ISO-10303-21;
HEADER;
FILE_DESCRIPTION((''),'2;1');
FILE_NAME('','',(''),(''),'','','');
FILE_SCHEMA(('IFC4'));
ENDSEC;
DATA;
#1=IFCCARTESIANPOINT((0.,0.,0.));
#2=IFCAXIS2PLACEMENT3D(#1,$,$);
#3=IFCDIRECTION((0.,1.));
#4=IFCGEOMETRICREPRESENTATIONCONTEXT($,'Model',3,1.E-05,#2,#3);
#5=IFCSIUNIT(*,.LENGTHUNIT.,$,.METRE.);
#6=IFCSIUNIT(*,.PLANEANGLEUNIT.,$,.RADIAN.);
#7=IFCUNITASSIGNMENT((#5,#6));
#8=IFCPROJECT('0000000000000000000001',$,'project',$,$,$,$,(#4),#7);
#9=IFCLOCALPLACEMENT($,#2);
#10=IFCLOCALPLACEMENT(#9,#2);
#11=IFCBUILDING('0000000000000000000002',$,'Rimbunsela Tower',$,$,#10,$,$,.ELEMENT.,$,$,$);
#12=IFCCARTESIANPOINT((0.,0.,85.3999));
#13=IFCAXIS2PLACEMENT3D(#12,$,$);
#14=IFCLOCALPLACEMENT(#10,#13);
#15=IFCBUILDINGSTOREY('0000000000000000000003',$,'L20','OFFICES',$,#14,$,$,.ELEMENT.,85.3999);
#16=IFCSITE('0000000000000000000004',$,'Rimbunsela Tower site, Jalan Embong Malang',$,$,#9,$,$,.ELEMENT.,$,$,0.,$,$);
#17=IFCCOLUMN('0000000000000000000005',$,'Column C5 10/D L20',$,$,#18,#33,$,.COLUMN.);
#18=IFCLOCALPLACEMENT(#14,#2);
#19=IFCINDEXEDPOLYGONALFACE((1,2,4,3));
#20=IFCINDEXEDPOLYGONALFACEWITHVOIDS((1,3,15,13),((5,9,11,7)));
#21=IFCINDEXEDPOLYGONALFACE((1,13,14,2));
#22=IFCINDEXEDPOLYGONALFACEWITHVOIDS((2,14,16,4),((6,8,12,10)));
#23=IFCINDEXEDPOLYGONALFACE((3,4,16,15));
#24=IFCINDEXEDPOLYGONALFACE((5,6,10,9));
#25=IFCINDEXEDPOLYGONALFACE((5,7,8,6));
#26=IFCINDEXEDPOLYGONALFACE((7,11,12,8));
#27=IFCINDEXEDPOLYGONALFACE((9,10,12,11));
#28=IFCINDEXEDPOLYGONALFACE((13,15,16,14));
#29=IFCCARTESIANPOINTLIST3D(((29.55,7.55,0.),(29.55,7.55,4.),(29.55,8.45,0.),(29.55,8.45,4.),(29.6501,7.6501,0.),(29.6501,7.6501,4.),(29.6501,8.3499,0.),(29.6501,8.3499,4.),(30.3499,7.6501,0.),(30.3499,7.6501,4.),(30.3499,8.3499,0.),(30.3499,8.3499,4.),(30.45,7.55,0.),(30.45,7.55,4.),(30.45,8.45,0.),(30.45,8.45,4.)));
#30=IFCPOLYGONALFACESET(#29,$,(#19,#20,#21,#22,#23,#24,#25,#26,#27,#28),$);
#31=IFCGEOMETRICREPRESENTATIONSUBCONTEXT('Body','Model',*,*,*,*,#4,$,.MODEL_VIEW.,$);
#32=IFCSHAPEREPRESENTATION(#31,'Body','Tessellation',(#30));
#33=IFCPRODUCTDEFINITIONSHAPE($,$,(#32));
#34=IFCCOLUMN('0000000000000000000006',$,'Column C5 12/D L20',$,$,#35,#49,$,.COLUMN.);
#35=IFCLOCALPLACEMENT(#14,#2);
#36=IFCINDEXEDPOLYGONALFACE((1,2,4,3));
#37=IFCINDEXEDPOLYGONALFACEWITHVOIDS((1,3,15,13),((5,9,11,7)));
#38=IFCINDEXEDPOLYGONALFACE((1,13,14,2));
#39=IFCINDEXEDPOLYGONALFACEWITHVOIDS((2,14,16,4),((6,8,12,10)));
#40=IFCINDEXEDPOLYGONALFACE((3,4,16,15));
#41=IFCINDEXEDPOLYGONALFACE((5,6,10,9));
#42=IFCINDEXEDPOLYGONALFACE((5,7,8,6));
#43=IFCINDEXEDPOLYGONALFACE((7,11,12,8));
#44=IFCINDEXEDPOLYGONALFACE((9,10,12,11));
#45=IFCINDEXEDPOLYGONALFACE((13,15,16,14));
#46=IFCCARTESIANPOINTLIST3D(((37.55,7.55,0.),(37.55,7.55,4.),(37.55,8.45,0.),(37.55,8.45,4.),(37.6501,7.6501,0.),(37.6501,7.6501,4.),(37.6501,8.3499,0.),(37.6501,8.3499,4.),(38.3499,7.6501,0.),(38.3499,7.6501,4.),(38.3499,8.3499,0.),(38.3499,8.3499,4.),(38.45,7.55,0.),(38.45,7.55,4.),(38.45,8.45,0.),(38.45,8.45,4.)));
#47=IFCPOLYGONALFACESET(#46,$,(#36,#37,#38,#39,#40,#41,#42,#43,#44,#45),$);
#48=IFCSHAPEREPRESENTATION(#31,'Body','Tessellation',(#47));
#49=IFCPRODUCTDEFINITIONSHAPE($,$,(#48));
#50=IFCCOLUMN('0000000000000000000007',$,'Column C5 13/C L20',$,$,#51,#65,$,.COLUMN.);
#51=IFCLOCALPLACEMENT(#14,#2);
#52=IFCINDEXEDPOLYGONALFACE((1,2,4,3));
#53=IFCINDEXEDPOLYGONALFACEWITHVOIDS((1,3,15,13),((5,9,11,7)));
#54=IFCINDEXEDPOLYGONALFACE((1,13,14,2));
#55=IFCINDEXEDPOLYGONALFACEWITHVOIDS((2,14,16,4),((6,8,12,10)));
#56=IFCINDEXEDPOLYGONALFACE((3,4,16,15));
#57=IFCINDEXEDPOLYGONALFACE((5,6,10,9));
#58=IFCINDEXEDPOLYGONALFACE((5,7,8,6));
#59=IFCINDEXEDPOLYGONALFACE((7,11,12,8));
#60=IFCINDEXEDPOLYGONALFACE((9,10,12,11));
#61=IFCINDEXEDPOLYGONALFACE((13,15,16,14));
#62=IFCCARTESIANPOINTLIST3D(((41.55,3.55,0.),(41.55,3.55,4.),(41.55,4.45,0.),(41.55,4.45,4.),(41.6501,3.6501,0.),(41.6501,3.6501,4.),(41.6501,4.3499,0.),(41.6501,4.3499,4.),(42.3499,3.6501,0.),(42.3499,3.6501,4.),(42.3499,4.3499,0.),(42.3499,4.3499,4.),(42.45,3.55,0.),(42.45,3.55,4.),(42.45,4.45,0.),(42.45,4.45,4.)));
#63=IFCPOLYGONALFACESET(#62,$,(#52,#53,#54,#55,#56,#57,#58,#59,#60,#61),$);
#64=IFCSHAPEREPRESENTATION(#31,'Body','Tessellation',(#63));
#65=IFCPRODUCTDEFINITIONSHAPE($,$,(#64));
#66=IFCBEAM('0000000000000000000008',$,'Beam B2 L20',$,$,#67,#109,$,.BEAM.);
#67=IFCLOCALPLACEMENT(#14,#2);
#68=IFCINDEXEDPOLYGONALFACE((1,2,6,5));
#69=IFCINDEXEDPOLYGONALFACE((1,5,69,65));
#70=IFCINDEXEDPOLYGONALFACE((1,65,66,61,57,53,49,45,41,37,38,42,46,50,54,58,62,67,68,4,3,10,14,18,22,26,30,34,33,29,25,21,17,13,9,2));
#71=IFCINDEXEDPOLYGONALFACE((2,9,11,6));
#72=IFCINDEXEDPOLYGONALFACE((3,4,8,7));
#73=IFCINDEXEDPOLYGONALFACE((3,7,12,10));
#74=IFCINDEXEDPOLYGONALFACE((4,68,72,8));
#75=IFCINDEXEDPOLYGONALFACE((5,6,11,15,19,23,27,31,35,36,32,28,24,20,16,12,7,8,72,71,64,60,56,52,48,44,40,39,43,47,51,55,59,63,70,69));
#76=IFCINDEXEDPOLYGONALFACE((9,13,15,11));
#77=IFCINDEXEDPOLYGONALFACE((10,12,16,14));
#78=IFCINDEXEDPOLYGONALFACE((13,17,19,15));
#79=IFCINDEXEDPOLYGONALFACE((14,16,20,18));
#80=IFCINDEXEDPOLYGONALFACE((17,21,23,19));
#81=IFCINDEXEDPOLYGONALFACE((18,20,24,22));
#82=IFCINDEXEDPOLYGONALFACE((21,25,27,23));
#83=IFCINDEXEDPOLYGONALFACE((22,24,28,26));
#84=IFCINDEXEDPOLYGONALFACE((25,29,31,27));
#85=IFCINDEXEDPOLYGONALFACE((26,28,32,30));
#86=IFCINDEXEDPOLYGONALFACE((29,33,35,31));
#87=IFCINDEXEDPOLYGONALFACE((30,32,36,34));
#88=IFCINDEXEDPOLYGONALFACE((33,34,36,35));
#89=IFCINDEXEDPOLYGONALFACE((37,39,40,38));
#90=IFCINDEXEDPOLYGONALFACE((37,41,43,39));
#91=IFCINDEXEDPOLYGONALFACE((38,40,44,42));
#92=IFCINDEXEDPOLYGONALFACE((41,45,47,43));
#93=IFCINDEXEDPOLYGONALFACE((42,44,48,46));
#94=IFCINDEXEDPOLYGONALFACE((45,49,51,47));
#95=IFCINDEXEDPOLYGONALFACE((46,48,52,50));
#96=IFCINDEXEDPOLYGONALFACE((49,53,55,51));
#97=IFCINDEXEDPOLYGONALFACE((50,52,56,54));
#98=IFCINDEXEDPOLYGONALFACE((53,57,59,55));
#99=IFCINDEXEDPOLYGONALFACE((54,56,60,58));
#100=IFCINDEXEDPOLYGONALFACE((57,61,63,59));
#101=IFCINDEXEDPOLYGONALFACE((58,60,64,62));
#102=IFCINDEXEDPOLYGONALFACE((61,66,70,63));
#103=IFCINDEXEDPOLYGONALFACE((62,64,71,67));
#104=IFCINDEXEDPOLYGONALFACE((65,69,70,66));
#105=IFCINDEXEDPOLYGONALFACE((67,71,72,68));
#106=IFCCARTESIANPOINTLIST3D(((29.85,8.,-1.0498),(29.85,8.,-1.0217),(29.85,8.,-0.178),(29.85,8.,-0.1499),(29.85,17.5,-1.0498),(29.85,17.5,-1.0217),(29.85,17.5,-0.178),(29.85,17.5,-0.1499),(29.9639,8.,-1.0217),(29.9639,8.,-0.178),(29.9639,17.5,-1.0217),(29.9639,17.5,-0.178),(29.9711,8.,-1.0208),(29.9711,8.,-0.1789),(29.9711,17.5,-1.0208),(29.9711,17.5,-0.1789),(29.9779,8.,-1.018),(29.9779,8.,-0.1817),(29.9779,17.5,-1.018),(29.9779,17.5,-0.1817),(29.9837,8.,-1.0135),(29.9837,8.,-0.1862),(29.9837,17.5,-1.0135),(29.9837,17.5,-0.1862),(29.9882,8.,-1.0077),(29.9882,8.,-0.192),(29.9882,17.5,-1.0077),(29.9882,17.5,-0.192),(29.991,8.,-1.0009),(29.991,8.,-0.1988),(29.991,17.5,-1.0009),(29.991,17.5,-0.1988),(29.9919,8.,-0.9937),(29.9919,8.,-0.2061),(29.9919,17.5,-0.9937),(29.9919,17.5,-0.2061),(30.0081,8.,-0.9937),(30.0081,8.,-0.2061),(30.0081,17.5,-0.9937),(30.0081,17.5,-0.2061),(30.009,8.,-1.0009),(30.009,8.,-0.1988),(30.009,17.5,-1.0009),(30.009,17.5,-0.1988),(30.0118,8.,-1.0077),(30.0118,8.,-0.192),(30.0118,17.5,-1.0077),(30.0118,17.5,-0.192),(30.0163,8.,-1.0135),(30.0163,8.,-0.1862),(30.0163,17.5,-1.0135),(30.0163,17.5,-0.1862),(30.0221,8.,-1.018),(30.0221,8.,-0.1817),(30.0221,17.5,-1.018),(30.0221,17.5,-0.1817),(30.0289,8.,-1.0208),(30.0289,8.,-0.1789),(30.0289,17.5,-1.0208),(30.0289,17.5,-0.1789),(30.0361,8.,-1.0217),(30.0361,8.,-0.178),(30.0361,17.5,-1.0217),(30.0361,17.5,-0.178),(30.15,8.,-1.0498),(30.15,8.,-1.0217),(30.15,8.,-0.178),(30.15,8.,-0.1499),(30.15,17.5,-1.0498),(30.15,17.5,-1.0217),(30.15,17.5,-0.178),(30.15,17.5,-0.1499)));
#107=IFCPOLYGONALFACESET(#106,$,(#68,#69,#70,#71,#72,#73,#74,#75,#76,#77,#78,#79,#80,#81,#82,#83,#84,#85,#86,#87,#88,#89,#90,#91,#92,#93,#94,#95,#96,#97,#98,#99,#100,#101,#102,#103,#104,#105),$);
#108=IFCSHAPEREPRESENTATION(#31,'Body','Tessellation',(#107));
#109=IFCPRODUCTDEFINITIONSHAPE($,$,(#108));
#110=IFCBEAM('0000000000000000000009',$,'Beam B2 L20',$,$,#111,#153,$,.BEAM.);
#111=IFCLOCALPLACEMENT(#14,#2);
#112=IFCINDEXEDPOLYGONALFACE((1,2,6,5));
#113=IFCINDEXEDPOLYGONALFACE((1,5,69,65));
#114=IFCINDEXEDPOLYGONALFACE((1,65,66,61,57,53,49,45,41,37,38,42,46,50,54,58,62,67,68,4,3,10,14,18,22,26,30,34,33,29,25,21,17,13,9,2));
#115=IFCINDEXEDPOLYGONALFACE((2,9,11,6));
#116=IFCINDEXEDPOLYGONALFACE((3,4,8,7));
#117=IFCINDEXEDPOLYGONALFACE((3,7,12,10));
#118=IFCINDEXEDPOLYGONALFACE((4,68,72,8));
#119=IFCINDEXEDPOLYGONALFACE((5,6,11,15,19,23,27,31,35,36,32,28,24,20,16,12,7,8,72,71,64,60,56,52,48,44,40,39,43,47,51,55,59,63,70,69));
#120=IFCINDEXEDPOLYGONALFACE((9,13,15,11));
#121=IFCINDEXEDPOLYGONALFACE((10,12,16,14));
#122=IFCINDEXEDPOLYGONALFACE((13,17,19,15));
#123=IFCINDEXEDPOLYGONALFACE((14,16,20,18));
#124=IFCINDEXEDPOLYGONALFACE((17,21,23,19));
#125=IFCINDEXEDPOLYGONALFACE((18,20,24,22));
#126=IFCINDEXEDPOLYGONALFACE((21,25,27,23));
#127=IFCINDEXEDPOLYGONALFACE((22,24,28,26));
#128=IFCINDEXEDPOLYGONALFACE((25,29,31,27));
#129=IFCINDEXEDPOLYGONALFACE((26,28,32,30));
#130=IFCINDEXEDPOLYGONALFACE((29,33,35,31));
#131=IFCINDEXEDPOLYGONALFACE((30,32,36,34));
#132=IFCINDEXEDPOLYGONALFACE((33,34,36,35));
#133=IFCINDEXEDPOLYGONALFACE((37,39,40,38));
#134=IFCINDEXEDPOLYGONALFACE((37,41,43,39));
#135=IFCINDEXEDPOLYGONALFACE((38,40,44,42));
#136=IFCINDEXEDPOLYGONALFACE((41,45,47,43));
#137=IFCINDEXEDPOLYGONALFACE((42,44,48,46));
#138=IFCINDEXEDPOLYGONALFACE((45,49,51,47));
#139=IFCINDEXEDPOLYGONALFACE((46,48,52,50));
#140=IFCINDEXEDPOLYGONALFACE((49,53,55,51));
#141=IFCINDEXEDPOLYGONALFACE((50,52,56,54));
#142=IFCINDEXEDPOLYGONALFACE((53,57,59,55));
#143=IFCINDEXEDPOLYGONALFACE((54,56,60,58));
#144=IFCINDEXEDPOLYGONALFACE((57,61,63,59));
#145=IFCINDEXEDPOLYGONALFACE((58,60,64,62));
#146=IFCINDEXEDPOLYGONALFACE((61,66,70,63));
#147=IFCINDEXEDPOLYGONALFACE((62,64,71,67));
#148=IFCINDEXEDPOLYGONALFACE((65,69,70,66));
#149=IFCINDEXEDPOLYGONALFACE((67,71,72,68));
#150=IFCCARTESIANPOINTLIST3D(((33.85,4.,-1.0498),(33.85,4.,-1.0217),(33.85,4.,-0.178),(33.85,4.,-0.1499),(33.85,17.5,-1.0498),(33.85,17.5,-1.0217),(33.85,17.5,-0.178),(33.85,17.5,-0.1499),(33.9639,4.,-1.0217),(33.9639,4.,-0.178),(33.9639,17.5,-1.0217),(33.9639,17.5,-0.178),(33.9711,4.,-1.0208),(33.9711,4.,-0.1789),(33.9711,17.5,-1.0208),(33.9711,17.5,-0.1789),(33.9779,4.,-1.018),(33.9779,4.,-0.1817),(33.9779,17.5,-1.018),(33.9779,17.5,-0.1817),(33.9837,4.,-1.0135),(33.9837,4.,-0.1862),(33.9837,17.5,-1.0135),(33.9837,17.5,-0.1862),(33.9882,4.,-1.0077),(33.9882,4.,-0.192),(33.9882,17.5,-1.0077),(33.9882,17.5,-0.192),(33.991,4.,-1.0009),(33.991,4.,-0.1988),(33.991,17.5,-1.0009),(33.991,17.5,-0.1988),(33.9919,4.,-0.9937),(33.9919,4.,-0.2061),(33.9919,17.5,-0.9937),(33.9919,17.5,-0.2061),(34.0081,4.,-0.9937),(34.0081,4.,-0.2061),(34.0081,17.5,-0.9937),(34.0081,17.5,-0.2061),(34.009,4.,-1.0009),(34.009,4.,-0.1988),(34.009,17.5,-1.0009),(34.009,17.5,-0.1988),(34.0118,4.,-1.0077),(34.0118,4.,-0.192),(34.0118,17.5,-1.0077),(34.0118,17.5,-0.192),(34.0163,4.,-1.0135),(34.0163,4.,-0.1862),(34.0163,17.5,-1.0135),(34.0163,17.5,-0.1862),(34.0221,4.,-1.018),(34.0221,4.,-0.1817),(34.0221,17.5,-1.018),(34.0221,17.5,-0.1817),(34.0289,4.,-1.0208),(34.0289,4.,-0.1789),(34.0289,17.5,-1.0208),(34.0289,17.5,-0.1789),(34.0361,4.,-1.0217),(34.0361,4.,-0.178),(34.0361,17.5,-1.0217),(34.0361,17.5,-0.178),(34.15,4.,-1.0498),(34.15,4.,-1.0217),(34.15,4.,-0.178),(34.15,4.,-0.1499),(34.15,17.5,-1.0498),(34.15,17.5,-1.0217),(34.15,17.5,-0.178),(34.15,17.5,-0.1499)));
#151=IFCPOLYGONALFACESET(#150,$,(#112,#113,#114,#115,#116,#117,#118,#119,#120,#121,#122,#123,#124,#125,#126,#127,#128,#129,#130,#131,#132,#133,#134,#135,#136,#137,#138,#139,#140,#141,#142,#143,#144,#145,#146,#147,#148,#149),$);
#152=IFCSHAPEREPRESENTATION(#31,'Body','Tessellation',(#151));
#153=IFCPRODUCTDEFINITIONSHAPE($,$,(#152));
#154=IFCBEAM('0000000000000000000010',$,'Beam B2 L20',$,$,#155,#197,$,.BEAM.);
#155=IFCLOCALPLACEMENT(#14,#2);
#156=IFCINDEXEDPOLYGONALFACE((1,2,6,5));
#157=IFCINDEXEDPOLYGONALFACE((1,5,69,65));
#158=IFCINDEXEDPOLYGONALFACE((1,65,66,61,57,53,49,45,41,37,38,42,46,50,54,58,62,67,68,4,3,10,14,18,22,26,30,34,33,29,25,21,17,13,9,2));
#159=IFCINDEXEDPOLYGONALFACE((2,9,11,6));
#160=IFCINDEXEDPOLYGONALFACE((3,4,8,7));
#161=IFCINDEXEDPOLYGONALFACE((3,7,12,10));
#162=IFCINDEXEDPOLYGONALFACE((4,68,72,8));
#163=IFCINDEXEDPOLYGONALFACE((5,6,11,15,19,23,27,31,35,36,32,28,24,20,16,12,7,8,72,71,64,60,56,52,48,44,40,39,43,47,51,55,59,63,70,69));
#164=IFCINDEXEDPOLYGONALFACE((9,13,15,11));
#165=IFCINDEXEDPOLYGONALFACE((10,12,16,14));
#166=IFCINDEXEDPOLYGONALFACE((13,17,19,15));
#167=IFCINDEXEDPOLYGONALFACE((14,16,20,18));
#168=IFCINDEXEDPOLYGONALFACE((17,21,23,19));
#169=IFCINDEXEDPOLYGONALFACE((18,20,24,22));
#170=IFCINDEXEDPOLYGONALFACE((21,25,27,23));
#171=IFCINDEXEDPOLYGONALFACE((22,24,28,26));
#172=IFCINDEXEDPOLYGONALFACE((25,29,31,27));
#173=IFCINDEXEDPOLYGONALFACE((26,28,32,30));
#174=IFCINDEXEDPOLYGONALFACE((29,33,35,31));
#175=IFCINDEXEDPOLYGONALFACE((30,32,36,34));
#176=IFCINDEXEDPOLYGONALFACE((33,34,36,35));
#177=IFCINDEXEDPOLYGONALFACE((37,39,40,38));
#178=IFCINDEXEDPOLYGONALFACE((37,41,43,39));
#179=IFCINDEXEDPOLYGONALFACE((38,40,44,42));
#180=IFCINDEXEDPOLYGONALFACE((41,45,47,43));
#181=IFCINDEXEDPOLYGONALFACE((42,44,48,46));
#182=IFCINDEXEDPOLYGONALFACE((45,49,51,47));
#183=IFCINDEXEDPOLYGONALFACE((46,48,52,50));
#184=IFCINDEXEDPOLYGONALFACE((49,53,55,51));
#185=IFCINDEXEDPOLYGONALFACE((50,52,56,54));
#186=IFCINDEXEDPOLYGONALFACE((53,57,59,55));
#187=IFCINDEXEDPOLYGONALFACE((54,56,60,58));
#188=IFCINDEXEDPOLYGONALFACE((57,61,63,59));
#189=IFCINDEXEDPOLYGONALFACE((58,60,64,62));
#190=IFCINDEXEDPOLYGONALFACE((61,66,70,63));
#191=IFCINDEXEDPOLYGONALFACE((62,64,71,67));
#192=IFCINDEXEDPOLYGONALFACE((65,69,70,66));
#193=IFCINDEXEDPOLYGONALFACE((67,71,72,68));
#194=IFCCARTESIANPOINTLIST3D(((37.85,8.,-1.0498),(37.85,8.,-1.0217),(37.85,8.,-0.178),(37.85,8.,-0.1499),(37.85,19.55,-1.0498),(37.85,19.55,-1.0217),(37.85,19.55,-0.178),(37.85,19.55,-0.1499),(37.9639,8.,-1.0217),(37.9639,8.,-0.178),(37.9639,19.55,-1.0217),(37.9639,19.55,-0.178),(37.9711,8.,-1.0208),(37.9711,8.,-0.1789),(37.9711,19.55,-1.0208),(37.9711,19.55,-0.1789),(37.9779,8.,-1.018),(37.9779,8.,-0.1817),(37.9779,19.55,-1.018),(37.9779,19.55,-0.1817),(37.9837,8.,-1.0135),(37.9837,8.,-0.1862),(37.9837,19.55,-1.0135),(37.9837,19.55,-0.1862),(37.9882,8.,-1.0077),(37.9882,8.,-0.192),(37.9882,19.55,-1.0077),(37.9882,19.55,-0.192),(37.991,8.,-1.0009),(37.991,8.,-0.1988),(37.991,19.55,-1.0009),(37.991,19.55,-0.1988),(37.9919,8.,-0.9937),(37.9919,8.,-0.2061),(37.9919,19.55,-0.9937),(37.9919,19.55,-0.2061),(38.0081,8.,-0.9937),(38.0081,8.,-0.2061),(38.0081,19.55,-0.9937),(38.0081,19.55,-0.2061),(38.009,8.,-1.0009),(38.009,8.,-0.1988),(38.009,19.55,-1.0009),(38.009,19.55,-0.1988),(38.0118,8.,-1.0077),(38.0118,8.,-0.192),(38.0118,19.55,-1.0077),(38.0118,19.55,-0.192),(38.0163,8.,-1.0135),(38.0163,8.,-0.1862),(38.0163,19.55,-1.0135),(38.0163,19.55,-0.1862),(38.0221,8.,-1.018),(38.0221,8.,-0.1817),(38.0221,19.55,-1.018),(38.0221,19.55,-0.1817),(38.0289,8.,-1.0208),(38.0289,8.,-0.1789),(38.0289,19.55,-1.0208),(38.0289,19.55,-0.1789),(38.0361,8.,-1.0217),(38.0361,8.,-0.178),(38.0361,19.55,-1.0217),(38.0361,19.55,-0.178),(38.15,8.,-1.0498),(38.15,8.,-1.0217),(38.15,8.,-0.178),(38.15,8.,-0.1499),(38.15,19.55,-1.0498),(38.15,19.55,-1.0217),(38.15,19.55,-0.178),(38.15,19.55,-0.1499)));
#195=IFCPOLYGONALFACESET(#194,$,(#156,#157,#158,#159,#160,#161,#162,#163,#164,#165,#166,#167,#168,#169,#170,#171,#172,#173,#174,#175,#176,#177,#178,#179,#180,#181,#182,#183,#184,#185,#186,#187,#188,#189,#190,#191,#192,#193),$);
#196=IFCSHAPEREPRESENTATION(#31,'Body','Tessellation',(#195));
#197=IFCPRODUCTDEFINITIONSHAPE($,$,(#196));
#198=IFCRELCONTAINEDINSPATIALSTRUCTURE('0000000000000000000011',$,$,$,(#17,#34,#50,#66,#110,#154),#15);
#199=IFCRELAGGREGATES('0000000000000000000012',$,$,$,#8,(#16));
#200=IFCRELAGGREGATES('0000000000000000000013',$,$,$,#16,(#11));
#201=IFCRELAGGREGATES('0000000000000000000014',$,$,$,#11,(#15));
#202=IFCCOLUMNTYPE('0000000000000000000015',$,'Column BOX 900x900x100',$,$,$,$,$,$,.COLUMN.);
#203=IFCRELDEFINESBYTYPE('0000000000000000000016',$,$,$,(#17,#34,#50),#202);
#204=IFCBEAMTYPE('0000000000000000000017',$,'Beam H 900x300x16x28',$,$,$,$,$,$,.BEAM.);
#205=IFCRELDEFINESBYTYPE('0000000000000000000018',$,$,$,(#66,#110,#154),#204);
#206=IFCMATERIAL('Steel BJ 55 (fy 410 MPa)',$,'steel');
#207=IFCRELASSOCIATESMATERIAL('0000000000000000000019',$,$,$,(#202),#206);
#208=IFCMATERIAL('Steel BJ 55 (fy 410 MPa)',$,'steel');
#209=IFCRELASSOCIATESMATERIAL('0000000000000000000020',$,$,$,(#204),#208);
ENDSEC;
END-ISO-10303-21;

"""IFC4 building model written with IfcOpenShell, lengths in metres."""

from ifc_helpers import new_model, si_unit, direction, frame, origin, origin_2d, place, context, subcontext, project, spatial, hollow_rectangle, i_section, extrude, material, material_profile, profile_set, type_object, element, save


model = new_model("IFC4")

# Units and contexts
model_context = context("Model", 3, precision=1e-05, world=origin(), true_north=direction((0.0, 1.0)))
body_context = subcontext(model_context, "Body", "Model", "MODEL_VIEW")
ifc_project = project(units=[si_unit("LENGTHUNIT", "METRE"), si_unit("PLANEANGLEUNIT", "RADIAN")], contexts=[model_context])

# Site, building, storey
site_placement = place(None, origin())
site = spatial("IfcSite", under=ifc_project, at=site_placement, Name="Rimbunsela Tower site, Jalan Embong Malang", CompositionType="ELEMENT", RefElevation=0.0)
building_placement = place(site_placement, origin())
building = spatial("IfcBuilding", under=site, at=building_placement, Name="Rimbunsela Tower", CompositionType="ELEMENT")
storey_placement = place(building_placement, frame((0.0, 0.0, 85.3999)))
storey = spatial("IfcBuildingStorey", under=building, at=storey_placement, Name="L20", Description="OFFICES", CompositionType="ELEMENT", Elevation=85.3999)

# Columns
ifc_material_1 = material(Name="Steel BJ 55 (fy 410 MPa)", Category="steel")
ifc_material_profile_1 = material_profile(ifc_material_1, hollow_rectangle(XDim=0.8999, YDim=0.8999, WallThickness=0.1001, at=origin_2d()), Name="BOX 900x900x100")
ifc_profile_set_1 = profile_set([ifc_material_profile_1], Name="Steel BJ 55 (fy 410 MPa)")
column_type = type_object("IfcColumnType", Name="Column BOX 900x900x100", PredefinedType="COLUMN", material=ifc_profile_set_1)
for number, where, z_axis, x_axis, name in (
    (1, (30.0, 8.0, 0.0), (0.0, 0.0, 1.0), (1.0, 0.0, 0.0), "Column C5 10/D L20"),
    (2, (38.0, 8.0, 0.0), (0.0, 0.0, 1.0), (1.0, 0.0, 0.0), "Column C5 12/D L20"),
    (3, (42.0, 4.0, 0.0), (0.0, 0.0, 1.0), (1.0, 0.0, 0.0), "Column C5 13/C L20"),
):
    element("IfcColumn", number, at=place(storey_placement, frame(where, z_axis=z_axis, x_axis=x_axis)), inside=storey, type_object=column_type, Name=name, PredefinedType="COLUMN", context=body_context, shape_type="SweptSolid", body=[
        extrude(hollow_rectangle(XDim=0.8999, YDim=0.8999, WallThickness=0.1001, at=origin_2d()), origin(), (0.0, 0.0, 1.0), 4.0),
    ])

# Beams
ifc_material_2 = material(Name="Steel BJ 55 (fy 410 MPa)", Category="steel")
ifc_material_profile_2 = material_profile(ifc_material_2, i_section(OverallWidth=0.3, OverallDepth=0.8999, WebThickness=0.0161, FlangeThickness=0.0281, FilletRadius=0.0281, at=origin_2d()), Name="H 900x300x16x28")
ifc_profile_set_2 = profile_set([ifc_material_profile_2], Name="Steel BJ 55 (fy 410 MPa)")
beam_type = type_object("IfcBeamType", Name="Beam H 900x300x16x28", PredefinedType="BEAM", material=ifc_profile_set_2)
beam_1_placement = place(storey_placement, frame((30.0, 8.0, -0.5999), z_axis=(0.0, 1.0, 0.0), x_axis=(-1.0, 0.0, 0.0)))
element("IfcBeam", 4, at=beam_1_placement, inside=storey, type_object=beam_type, Name="Beam B2 L20", PredefinedType="BEAM", context=body_context, shape_type="SweptSolid", body=[
    extrude(i_section(OverallWidth=0.3, OverallDepth=0.8999, WebThickness=0.0161, FlangeThickness=0.0281, FilletRadius=0.0281, at=origin_2d()), origin(), (0.0, 0.0, 1.0), 9.5),
])
beam_2_placement = place(storey_placement, frame((34.0, 4.0, -0.5999), z_axis=(0.0, 1.0, 0.0), x_axis=(-1.0, 0.0, 0.0)))
element("IfcBeam", 5, at=beam_2_placement, inside=storey, type_object=beam_type, Name="Beam B2 L20", PredefinedType="BEAM", context=body_context, shape_type="SweptSolid", body=[
    extrude(i_section(OverallWidth=0.3, OverallDepth=0.8999, WebThickness=0.0161, FlangeThickness=0.0281, FilletRadius=0.0281, at=origin_2d()), origin(), (0.0, 0.0, 1.0), 13.5),
])
beam_3_placement = place(storey_placement, frame((38.0, 8.0, -0.5999), z_axis=(0.0, 1.0, 0.0), x_axis=(-1.0, 0.0, 0.0)))
element("IfcBeam", 6, at=beam_3_placement, inside=storey, type_object=beam_type, Name="Beam B2 L20", PredefinedType="BEAM", context=body_context, shape_type="SweptSolid", body=[
    extrude(i_section(OverallWidth=0.3, OverallDepth=0.8999, WebThickness=0.0161, FlangeThickness=0.0281, FilletRadius=0.0281, at=origin_2d()), origin(), (0.0, 0.0, 1.0), 11.55),
])

save(model, "model.ifc")
